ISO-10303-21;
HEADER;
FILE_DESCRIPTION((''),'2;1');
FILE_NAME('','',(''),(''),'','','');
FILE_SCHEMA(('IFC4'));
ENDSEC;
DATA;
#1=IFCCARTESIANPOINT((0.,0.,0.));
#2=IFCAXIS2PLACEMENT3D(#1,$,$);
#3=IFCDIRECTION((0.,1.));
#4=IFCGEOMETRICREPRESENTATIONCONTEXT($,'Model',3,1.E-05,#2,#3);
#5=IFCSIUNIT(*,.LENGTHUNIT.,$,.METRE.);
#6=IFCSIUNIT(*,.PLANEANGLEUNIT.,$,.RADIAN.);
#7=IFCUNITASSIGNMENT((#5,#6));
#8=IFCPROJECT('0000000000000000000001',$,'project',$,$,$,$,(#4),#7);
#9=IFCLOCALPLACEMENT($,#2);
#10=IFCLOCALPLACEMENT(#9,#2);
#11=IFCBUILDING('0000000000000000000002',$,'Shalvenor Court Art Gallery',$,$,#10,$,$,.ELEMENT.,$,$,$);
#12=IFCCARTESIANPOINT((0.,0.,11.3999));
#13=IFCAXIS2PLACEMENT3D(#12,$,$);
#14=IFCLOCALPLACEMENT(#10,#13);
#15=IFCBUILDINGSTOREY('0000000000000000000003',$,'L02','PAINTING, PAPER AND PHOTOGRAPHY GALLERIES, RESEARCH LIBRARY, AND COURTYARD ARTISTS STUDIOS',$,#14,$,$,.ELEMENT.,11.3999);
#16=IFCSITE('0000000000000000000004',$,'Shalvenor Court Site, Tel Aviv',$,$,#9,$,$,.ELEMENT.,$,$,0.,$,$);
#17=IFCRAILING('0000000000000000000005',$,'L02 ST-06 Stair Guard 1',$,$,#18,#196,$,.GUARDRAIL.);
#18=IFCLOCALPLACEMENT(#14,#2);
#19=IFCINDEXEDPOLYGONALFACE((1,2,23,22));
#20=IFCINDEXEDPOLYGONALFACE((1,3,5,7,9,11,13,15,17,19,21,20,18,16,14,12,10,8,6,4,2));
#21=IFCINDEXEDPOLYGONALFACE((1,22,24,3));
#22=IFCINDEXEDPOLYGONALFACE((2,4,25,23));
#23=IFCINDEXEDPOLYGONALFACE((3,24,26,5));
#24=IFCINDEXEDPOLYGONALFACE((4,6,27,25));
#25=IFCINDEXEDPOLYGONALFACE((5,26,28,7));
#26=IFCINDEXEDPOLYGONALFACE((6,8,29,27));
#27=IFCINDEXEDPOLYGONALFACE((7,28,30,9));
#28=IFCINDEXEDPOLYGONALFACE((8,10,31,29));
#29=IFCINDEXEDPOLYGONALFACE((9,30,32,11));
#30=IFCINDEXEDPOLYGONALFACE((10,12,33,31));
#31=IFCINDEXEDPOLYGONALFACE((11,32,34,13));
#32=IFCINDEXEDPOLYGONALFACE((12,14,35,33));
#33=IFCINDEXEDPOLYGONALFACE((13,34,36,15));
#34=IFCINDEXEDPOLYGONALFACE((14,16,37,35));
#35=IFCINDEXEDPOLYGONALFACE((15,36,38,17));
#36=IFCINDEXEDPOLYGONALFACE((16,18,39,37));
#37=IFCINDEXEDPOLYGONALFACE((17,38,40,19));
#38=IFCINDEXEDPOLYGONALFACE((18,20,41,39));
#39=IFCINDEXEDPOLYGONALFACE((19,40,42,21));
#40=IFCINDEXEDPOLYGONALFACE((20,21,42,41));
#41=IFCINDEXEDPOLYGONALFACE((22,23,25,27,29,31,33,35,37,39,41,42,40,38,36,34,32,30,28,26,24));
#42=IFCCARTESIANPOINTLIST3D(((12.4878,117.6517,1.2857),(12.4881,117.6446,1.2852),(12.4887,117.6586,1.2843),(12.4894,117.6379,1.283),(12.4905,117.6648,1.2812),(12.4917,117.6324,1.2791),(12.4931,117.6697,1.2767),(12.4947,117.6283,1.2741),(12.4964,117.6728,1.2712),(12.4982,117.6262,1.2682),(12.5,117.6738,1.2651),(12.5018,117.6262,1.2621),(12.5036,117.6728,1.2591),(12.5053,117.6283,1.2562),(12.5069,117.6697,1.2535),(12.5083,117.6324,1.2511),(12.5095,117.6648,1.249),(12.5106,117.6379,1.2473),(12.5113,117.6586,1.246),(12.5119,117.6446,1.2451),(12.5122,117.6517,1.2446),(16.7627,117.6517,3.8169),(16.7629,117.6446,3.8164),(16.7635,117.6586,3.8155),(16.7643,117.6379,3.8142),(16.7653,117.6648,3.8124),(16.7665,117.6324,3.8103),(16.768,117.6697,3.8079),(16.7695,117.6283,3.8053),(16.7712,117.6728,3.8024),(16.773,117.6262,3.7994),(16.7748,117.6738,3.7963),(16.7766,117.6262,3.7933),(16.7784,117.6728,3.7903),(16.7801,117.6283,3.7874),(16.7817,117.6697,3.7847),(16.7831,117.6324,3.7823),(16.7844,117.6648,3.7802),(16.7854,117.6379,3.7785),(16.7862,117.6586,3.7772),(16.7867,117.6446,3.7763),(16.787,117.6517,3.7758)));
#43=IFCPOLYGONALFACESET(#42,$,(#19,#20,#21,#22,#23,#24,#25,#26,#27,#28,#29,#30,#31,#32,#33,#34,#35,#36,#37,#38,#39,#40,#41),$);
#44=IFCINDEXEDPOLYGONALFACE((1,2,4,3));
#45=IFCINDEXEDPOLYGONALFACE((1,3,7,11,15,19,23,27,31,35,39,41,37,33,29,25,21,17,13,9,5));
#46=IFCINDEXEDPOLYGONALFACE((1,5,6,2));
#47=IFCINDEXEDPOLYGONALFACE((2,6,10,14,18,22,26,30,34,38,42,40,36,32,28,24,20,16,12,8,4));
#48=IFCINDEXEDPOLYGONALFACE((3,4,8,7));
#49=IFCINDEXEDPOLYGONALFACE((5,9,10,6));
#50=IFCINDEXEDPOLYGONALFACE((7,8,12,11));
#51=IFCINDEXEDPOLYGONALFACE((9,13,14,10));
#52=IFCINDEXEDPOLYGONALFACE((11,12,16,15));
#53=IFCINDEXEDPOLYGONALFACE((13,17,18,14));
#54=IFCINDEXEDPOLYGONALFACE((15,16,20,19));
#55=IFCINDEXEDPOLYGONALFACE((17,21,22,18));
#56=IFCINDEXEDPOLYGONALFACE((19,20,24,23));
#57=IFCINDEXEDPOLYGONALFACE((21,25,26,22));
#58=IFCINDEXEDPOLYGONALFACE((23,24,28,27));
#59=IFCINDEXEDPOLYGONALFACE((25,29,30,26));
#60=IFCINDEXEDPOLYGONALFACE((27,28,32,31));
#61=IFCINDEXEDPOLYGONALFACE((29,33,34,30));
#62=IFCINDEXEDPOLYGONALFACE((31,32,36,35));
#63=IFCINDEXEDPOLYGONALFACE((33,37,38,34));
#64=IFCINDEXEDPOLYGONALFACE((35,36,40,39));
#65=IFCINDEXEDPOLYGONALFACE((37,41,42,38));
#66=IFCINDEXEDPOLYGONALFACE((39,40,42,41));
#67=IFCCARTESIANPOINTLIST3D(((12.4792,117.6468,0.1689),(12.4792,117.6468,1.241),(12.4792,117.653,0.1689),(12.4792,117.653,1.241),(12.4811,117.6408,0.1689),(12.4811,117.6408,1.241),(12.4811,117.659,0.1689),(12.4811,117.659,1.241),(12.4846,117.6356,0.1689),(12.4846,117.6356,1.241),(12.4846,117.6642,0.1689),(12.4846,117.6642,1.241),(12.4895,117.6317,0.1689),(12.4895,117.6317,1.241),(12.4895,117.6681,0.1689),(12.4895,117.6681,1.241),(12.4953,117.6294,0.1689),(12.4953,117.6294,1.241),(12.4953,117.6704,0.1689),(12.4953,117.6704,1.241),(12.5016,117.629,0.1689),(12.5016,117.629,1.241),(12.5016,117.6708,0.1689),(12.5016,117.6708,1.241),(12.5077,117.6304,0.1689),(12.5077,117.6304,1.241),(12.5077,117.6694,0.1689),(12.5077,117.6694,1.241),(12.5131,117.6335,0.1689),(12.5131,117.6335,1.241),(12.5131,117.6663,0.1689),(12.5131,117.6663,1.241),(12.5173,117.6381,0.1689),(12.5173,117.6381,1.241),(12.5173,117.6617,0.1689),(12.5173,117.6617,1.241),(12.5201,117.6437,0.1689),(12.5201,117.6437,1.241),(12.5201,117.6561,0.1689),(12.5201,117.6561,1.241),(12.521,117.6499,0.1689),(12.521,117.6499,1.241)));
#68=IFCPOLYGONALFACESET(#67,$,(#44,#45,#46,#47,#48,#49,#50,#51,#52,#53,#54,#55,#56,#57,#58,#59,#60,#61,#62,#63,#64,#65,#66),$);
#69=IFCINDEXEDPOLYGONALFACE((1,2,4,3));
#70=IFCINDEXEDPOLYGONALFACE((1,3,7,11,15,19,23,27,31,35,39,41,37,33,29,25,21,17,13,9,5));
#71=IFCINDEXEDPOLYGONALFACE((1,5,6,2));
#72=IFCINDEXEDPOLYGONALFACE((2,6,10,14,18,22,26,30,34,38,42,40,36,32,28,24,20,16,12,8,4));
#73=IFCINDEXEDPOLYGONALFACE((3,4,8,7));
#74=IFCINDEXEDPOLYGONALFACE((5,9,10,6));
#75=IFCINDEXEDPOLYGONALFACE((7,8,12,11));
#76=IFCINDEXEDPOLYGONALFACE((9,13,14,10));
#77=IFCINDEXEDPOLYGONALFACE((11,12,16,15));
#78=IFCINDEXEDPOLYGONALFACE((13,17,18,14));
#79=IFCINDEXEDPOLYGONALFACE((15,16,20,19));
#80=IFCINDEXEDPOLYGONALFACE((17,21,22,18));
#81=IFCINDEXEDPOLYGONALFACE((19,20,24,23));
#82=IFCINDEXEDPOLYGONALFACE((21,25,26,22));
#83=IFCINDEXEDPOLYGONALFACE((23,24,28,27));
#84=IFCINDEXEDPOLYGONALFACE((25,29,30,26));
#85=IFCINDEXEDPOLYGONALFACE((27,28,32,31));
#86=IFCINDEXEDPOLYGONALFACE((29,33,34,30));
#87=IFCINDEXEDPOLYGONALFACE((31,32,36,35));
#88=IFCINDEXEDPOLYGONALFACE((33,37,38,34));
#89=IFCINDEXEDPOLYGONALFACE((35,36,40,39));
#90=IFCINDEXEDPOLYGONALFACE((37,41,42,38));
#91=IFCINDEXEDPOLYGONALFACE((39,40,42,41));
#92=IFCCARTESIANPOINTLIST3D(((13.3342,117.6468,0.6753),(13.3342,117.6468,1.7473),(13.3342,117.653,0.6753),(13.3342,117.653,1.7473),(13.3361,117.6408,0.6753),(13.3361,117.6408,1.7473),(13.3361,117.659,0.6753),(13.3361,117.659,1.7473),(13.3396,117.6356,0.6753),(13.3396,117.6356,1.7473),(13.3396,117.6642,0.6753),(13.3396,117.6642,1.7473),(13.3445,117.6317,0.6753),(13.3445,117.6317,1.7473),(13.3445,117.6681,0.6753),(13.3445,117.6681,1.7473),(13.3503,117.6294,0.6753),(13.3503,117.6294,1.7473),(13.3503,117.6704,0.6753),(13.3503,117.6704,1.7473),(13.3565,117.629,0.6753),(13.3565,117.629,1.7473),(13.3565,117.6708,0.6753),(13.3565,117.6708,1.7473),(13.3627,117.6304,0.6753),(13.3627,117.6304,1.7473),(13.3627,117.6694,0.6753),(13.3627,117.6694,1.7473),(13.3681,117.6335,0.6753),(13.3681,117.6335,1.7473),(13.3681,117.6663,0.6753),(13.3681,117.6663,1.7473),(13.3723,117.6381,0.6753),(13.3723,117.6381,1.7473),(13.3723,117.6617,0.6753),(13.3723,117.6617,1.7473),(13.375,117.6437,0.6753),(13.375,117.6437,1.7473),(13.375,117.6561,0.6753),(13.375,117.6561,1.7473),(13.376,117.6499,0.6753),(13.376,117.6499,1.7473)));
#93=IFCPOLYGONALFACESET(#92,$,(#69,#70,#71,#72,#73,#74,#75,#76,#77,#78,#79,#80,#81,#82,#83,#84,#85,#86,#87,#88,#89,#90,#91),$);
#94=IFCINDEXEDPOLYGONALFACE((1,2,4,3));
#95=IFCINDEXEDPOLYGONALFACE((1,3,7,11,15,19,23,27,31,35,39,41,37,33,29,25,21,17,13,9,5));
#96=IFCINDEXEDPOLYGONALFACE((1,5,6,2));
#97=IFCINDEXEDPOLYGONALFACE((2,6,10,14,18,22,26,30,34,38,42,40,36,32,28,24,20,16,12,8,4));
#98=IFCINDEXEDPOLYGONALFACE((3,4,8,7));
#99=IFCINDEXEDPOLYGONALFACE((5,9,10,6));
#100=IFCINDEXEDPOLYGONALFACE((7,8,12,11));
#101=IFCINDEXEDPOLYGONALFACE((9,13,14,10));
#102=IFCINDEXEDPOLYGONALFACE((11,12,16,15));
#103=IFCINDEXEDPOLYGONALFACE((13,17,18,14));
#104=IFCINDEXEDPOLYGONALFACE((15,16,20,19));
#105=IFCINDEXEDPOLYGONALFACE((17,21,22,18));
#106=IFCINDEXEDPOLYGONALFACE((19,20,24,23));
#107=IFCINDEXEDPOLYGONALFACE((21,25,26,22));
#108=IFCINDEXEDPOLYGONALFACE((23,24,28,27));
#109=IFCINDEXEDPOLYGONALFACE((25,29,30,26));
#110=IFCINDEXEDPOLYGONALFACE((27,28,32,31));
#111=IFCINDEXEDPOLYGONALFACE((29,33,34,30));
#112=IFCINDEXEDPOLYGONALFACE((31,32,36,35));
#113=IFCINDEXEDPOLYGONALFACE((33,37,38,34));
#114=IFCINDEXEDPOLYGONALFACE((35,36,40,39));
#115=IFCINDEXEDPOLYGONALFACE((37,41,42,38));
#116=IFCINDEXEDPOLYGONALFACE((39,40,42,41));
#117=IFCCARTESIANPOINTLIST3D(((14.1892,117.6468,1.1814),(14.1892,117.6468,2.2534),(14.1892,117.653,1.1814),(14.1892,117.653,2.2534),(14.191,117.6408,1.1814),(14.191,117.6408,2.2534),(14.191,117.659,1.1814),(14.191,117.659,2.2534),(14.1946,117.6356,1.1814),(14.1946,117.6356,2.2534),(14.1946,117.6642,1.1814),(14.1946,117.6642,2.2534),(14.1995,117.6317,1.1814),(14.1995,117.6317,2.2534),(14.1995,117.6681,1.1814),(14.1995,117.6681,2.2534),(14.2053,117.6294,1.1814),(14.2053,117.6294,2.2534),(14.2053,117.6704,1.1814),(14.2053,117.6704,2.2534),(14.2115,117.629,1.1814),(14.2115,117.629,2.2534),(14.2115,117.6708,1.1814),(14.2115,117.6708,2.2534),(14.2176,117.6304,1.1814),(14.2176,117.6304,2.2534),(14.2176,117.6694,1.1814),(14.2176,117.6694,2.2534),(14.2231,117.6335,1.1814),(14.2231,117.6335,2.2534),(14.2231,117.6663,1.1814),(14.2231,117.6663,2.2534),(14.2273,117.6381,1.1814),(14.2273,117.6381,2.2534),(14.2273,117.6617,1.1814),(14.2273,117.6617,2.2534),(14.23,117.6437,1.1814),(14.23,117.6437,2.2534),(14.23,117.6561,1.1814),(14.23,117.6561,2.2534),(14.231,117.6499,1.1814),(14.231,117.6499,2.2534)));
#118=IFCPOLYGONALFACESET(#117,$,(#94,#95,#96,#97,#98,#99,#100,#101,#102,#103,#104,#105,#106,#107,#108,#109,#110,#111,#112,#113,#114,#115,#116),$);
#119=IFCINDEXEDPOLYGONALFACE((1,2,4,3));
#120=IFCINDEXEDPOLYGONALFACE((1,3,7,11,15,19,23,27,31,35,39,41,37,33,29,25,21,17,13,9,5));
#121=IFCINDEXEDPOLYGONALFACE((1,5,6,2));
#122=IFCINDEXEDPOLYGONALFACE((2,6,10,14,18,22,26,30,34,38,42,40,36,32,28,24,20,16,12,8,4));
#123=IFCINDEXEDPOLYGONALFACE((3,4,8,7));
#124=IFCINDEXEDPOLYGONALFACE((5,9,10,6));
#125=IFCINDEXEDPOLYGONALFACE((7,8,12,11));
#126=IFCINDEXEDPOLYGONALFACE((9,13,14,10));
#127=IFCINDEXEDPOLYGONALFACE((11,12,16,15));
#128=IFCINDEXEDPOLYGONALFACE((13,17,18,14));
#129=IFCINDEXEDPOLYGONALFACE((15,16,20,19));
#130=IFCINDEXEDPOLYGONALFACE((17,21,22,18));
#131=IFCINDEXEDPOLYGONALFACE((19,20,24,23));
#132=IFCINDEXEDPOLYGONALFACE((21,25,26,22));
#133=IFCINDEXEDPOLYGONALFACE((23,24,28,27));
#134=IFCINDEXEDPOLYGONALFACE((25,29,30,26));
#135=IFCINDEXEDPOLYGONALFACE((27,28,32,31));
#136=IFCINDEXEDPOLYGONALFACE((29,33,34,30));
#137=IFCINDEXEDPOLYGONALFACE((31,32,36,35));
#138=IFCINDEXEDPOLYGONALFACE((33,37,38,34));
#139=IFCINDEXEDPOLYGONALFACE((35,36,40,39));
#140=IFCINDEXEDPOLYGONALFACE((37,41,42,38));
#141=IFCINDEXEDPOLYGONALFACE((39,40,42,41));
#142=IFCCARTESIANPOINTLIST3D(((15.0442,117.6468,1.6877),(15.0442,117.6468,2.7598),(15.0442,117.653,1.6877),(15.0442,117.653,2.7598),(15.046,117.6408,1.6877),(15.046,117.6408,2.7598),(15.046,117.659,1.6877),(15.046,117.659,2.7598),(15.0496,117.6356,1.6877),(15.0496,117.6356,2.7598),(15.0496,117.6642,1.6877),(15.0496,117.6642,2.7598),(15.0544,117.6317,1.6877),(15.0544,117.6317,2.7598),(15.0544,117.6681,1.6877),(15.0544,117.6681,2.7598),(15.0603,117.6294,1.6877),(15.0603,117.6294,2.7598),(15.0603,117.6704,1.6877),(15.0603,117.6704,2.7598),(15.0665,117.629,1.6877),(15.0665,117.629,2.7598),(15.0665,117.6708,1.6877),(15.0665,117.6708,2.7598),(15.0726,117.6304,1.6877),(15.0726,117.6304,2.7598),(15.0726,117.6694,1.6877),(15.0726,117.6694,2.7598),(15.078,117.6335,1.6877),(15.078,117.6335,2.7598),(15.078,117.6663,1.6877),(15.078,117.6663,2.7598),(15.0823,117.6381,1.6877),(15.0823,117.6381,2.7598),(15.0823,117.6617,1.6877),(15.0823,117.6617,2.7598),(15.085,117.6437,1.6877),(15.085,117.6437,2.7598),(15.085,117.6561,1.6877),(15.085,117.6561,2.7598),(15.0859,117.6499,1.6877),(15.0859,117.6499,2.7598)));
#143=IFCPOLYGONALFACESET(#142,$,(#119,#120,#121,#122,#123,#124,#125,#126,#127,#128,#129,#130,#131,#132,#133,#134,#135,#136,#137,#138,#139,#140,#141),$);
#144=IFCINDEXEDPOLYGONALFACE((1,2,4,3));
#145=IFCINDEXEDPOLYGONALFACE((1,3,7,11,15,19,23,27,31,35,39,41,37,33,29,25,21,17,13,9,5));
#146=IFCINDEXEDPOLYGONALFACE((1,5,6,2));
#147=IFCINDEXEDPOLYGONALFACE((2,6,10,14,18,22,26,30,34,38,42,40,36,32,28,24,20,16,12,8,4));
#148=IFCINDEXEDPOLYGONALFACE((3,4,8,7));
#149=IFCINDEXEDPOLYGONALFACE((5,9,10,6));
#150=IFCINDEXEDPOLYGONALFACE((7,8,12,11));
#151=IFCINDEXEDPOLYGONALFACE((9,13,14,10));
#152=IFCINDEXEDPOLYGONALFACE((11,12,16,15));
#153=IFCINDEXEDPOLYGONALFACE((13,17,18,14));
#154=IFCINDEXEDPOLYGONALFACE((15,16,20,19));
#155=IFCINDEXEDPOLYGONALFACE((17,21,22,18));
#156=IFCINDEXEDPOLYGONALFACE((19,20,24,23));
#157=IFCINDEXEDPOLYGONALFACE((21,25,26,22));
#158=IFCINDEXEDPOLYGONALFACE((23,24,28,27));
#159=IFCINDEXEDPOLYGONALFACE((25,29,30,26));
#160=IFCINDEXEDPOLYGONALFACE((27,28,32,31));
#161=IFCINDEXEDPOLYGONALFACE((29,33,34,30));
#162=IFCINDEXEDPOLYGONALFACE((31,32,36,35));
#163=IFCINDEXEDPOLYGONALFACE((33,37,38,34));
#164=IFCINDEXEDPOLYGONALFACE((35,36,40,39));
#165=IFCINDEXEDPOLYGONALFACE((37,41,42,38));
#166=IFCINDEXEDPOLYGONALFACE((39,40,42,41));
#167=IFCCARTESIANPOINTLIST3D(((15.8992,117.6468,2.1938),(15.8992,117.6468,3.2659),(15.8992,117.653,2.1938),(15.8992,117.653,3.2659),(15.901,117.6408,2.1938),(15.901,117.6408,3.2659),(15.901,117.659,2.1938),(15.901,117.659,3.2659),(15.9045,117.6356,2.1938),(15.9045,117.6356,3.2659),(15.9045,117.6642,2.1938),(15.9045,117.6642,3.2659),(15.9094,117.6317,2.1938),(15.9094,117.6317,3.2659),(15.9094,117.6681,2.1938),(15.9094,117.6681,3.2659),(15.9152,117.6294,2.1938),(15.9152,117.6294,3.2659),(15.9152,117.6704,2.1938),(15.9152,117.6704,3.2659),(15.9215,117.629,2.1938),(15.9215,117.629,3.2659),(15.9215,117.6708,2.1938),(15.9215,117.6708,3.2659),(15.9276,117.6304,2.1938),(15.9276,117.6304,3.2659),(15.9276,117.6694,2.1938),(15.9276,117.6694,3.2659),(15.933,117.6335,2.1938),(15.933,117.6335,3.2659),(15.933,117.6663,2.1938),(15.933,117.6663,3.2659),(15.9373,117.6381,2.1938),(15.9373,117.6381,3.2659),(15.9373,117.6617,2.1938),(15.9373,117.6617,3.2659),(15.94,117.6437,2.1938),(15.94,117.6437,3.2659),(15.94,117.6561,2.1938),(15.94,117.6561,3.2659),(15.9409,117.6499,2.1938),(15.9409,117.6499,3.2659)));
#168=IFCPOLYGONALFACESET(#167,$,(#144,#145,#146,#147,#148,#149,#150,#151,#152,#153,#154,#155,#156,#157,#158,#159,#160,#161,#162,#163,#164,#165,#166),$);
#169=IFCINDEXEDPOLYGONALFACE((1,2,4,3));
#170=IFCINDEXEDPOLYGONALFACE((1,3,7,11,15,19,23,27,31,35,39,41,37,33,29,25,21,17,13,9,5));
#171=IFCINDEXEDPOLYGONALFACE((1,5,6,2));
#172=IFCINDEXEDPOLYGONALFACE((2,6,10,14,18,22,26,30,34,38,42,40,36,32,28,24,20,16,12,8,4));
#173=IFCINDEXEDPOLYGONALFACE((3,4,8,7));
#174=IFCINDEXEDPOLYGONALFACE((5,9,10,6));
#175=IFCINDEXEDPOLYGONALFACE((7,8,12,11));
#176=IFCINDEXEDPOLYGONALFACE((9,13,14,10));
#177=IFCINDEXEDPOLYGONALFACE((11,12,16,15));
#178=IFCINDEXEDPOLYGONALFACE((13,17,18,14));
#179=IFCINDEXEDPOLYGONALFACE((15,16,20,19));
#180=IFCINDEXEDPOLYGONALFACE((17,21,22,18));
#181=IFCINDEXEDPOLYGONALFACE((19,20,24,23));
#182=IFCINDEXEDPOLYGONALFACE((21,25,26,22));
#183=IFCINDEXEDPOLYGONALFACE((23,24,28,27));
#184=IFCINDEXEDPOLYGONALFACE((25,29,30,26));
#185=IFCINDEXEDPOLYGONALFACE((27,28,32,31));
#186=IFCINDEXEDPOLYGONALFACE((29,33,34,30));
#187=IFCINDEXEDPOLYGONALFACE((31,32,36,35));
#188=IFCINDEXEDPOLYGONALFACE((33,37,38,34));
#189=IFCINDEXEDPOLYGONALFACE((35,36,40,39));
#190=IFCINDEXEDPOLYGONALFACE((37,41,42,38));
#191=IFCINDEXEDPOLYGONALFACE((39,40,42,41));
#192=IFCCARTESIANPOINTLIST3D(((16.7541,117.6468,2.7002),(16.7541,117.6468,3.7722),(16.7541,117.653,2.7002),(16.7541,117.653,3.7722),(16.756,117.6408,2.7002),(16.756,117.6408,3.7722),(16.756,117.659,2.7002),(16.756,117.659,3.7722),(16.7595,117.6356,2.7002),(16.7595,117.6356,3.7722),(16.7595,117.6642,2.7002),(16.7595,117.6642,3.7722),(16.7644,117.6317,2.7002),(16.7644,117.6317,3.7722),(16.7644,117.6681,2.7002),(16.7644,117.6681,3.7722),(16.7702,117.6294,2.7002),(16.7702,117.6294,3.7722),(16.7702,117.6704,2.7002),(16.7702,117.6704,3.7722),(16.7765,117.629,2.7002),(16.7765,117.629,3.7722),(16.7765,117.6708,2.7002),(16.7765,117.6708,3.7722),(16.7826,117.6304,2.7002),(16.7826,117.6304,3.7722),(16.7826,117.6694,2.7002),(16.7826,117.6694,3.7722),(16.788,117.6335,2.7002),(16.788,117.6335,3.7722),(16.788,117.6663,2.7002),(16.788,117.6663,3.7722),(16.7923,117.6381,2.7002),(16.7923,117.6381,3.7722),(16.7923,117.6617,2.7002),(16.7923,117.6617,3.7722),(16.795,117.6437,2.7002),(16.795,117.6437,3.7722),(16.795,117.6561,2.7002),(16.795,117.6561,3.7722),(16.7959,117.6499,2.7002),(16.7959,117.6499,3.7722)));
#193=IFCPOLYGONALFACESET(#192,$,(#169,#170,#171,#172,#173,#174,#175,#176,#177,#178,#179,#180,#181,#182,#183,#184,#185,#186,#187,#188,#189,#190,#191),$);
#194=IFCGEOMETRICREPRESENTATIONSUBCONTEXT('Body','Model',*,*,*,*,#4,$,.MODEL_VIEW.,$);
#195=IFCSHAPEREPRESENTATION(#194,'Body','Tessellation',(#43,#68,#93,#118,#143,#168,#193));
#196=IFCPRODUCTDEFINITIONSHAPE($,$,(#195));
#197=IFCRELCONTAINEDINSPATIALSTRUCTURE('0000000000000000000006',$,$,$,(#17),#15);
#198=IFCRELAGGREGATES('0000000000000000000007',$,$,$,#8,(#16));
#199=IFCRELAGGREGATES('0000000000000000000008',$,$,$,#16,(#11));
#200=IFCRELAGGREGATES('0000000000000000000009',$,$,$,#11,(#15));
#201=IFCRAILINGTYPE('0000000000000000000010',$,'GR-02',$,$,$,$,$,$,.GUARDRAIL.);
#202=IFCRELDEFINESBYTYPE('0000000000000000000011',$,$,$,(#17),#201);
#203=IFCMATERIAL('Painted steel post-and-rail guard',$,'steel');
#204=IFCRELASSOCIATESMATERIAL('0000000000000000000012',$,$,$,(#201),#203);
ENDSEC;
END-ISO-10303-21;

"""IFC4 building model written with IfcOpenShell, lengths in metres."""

from ifc_helpers import new_model, si_unit, direction, frame, origin, origin_2d, place, context, subcontext, project, spatial, circle, extrude, material, type_object, element, save


model = new_model("IFC4")

# Units and contexts
model_context = context("Model", 3, precision=1e-05, world=origin(), true_north=direction((0.0, 1.0)))
body_context = subcontext(model_context, "Body", "Model", "MODEL_VIEW")
ifc_project = project(units=[si_unit("LENGTHUNIT", "METRE"), si_unit("PLANEANGLEUNIT", "RADIAN")], contexts=[model_context])

# Site, building, storey
site_placement = place(None, origin())
site = spatial("IfcSite", under=ifc_project, at=site_placement, Name="Shalvenor Court Site, Tel Aviv", CompositionType="ELEMENT", RefElevation=0.0)
building_placement = place(site_placement, origin())
building = spatial("IfcBuilding", under=site, at=building_placement, Name="Shalvenor Court Art Gallery", CompositionType="ELEMENT")
storey_placement = place(building_placement, frame((0.0, 0.0, 11.3999)))
storey = spatial("IfcBuildingStorey", under=building, at=storey_placement, Name="L02", Description="PAINTING, PAPER AND PHOTOGRAPHY GALLERIES, RESEARCH LIBRARY, AND COURTYARD ARTISTS STUDIOS", CompositionType="ELEMENT", Elevation=11.3999)

# Railing
ifc_material_1 = material(Name="Painted steel post-and-rail guard", Category="steel")
railing_type_1 = type_object("IfcRailingType", Name="GR-02", PredefinedType="GUARDRAIL", material=ifc_material_1)
railing_1_placement = place(storey_placement, frame((12.5, 117.6499, 0.1689)))
element("IfcRailing", 1, at=railing_1_placement, inside=storey, type_object=railing_type_1, Name="L02 ST-06 Stair Guard 1", PredefinedType="GUARDRAIL", context=body_context, shape_type="SweptSolid", body=[
    extrude(circle(Radius=0.0239, at=origin_2d()), frame((0.0, 0.0, 1.0962), z_axis=(0.86047, 0.0, 0.509501), x_axis=(0.0, 1.0, 0.0)), (0.0, 0.0, 1.0), 4.968),
    extrude(circle(Radius=0.021, at=origin_2d()), origin(), (0.0, 0.0, 1.0), 1.072),
    extrude(circle(Radius=0.021, at=origin_2d()), frame((0.855, 0.0, 0.5063)), (0.0, 0.0, 1.0), 1.072),
    extrude(circle(Radius=0.021, at=origin_2d()), frame((1.71, 0.0, 1.0125)), (0.0, 0.0, 1.0), 1.072),
    extrude(circle(Radius=0.021, at=origin_2d()), frame((2.5649, 0.0, 1.5188)), (0.0, 0.0, 1.0), 1.072),
    extrude(circle(Radius=0.021, at=origin_2d()), frame((3.4199, 0.0, 2.0249)), (0.0, 0.0, 1.0), 1.072),
    extrude(circle(Radius=0.021, at=origin_2d()), frame((4.2749, 0.0, 2.5312)), (0.0, 0.0, 1.0), 1.072),
])

save(model, "model.ifc")
